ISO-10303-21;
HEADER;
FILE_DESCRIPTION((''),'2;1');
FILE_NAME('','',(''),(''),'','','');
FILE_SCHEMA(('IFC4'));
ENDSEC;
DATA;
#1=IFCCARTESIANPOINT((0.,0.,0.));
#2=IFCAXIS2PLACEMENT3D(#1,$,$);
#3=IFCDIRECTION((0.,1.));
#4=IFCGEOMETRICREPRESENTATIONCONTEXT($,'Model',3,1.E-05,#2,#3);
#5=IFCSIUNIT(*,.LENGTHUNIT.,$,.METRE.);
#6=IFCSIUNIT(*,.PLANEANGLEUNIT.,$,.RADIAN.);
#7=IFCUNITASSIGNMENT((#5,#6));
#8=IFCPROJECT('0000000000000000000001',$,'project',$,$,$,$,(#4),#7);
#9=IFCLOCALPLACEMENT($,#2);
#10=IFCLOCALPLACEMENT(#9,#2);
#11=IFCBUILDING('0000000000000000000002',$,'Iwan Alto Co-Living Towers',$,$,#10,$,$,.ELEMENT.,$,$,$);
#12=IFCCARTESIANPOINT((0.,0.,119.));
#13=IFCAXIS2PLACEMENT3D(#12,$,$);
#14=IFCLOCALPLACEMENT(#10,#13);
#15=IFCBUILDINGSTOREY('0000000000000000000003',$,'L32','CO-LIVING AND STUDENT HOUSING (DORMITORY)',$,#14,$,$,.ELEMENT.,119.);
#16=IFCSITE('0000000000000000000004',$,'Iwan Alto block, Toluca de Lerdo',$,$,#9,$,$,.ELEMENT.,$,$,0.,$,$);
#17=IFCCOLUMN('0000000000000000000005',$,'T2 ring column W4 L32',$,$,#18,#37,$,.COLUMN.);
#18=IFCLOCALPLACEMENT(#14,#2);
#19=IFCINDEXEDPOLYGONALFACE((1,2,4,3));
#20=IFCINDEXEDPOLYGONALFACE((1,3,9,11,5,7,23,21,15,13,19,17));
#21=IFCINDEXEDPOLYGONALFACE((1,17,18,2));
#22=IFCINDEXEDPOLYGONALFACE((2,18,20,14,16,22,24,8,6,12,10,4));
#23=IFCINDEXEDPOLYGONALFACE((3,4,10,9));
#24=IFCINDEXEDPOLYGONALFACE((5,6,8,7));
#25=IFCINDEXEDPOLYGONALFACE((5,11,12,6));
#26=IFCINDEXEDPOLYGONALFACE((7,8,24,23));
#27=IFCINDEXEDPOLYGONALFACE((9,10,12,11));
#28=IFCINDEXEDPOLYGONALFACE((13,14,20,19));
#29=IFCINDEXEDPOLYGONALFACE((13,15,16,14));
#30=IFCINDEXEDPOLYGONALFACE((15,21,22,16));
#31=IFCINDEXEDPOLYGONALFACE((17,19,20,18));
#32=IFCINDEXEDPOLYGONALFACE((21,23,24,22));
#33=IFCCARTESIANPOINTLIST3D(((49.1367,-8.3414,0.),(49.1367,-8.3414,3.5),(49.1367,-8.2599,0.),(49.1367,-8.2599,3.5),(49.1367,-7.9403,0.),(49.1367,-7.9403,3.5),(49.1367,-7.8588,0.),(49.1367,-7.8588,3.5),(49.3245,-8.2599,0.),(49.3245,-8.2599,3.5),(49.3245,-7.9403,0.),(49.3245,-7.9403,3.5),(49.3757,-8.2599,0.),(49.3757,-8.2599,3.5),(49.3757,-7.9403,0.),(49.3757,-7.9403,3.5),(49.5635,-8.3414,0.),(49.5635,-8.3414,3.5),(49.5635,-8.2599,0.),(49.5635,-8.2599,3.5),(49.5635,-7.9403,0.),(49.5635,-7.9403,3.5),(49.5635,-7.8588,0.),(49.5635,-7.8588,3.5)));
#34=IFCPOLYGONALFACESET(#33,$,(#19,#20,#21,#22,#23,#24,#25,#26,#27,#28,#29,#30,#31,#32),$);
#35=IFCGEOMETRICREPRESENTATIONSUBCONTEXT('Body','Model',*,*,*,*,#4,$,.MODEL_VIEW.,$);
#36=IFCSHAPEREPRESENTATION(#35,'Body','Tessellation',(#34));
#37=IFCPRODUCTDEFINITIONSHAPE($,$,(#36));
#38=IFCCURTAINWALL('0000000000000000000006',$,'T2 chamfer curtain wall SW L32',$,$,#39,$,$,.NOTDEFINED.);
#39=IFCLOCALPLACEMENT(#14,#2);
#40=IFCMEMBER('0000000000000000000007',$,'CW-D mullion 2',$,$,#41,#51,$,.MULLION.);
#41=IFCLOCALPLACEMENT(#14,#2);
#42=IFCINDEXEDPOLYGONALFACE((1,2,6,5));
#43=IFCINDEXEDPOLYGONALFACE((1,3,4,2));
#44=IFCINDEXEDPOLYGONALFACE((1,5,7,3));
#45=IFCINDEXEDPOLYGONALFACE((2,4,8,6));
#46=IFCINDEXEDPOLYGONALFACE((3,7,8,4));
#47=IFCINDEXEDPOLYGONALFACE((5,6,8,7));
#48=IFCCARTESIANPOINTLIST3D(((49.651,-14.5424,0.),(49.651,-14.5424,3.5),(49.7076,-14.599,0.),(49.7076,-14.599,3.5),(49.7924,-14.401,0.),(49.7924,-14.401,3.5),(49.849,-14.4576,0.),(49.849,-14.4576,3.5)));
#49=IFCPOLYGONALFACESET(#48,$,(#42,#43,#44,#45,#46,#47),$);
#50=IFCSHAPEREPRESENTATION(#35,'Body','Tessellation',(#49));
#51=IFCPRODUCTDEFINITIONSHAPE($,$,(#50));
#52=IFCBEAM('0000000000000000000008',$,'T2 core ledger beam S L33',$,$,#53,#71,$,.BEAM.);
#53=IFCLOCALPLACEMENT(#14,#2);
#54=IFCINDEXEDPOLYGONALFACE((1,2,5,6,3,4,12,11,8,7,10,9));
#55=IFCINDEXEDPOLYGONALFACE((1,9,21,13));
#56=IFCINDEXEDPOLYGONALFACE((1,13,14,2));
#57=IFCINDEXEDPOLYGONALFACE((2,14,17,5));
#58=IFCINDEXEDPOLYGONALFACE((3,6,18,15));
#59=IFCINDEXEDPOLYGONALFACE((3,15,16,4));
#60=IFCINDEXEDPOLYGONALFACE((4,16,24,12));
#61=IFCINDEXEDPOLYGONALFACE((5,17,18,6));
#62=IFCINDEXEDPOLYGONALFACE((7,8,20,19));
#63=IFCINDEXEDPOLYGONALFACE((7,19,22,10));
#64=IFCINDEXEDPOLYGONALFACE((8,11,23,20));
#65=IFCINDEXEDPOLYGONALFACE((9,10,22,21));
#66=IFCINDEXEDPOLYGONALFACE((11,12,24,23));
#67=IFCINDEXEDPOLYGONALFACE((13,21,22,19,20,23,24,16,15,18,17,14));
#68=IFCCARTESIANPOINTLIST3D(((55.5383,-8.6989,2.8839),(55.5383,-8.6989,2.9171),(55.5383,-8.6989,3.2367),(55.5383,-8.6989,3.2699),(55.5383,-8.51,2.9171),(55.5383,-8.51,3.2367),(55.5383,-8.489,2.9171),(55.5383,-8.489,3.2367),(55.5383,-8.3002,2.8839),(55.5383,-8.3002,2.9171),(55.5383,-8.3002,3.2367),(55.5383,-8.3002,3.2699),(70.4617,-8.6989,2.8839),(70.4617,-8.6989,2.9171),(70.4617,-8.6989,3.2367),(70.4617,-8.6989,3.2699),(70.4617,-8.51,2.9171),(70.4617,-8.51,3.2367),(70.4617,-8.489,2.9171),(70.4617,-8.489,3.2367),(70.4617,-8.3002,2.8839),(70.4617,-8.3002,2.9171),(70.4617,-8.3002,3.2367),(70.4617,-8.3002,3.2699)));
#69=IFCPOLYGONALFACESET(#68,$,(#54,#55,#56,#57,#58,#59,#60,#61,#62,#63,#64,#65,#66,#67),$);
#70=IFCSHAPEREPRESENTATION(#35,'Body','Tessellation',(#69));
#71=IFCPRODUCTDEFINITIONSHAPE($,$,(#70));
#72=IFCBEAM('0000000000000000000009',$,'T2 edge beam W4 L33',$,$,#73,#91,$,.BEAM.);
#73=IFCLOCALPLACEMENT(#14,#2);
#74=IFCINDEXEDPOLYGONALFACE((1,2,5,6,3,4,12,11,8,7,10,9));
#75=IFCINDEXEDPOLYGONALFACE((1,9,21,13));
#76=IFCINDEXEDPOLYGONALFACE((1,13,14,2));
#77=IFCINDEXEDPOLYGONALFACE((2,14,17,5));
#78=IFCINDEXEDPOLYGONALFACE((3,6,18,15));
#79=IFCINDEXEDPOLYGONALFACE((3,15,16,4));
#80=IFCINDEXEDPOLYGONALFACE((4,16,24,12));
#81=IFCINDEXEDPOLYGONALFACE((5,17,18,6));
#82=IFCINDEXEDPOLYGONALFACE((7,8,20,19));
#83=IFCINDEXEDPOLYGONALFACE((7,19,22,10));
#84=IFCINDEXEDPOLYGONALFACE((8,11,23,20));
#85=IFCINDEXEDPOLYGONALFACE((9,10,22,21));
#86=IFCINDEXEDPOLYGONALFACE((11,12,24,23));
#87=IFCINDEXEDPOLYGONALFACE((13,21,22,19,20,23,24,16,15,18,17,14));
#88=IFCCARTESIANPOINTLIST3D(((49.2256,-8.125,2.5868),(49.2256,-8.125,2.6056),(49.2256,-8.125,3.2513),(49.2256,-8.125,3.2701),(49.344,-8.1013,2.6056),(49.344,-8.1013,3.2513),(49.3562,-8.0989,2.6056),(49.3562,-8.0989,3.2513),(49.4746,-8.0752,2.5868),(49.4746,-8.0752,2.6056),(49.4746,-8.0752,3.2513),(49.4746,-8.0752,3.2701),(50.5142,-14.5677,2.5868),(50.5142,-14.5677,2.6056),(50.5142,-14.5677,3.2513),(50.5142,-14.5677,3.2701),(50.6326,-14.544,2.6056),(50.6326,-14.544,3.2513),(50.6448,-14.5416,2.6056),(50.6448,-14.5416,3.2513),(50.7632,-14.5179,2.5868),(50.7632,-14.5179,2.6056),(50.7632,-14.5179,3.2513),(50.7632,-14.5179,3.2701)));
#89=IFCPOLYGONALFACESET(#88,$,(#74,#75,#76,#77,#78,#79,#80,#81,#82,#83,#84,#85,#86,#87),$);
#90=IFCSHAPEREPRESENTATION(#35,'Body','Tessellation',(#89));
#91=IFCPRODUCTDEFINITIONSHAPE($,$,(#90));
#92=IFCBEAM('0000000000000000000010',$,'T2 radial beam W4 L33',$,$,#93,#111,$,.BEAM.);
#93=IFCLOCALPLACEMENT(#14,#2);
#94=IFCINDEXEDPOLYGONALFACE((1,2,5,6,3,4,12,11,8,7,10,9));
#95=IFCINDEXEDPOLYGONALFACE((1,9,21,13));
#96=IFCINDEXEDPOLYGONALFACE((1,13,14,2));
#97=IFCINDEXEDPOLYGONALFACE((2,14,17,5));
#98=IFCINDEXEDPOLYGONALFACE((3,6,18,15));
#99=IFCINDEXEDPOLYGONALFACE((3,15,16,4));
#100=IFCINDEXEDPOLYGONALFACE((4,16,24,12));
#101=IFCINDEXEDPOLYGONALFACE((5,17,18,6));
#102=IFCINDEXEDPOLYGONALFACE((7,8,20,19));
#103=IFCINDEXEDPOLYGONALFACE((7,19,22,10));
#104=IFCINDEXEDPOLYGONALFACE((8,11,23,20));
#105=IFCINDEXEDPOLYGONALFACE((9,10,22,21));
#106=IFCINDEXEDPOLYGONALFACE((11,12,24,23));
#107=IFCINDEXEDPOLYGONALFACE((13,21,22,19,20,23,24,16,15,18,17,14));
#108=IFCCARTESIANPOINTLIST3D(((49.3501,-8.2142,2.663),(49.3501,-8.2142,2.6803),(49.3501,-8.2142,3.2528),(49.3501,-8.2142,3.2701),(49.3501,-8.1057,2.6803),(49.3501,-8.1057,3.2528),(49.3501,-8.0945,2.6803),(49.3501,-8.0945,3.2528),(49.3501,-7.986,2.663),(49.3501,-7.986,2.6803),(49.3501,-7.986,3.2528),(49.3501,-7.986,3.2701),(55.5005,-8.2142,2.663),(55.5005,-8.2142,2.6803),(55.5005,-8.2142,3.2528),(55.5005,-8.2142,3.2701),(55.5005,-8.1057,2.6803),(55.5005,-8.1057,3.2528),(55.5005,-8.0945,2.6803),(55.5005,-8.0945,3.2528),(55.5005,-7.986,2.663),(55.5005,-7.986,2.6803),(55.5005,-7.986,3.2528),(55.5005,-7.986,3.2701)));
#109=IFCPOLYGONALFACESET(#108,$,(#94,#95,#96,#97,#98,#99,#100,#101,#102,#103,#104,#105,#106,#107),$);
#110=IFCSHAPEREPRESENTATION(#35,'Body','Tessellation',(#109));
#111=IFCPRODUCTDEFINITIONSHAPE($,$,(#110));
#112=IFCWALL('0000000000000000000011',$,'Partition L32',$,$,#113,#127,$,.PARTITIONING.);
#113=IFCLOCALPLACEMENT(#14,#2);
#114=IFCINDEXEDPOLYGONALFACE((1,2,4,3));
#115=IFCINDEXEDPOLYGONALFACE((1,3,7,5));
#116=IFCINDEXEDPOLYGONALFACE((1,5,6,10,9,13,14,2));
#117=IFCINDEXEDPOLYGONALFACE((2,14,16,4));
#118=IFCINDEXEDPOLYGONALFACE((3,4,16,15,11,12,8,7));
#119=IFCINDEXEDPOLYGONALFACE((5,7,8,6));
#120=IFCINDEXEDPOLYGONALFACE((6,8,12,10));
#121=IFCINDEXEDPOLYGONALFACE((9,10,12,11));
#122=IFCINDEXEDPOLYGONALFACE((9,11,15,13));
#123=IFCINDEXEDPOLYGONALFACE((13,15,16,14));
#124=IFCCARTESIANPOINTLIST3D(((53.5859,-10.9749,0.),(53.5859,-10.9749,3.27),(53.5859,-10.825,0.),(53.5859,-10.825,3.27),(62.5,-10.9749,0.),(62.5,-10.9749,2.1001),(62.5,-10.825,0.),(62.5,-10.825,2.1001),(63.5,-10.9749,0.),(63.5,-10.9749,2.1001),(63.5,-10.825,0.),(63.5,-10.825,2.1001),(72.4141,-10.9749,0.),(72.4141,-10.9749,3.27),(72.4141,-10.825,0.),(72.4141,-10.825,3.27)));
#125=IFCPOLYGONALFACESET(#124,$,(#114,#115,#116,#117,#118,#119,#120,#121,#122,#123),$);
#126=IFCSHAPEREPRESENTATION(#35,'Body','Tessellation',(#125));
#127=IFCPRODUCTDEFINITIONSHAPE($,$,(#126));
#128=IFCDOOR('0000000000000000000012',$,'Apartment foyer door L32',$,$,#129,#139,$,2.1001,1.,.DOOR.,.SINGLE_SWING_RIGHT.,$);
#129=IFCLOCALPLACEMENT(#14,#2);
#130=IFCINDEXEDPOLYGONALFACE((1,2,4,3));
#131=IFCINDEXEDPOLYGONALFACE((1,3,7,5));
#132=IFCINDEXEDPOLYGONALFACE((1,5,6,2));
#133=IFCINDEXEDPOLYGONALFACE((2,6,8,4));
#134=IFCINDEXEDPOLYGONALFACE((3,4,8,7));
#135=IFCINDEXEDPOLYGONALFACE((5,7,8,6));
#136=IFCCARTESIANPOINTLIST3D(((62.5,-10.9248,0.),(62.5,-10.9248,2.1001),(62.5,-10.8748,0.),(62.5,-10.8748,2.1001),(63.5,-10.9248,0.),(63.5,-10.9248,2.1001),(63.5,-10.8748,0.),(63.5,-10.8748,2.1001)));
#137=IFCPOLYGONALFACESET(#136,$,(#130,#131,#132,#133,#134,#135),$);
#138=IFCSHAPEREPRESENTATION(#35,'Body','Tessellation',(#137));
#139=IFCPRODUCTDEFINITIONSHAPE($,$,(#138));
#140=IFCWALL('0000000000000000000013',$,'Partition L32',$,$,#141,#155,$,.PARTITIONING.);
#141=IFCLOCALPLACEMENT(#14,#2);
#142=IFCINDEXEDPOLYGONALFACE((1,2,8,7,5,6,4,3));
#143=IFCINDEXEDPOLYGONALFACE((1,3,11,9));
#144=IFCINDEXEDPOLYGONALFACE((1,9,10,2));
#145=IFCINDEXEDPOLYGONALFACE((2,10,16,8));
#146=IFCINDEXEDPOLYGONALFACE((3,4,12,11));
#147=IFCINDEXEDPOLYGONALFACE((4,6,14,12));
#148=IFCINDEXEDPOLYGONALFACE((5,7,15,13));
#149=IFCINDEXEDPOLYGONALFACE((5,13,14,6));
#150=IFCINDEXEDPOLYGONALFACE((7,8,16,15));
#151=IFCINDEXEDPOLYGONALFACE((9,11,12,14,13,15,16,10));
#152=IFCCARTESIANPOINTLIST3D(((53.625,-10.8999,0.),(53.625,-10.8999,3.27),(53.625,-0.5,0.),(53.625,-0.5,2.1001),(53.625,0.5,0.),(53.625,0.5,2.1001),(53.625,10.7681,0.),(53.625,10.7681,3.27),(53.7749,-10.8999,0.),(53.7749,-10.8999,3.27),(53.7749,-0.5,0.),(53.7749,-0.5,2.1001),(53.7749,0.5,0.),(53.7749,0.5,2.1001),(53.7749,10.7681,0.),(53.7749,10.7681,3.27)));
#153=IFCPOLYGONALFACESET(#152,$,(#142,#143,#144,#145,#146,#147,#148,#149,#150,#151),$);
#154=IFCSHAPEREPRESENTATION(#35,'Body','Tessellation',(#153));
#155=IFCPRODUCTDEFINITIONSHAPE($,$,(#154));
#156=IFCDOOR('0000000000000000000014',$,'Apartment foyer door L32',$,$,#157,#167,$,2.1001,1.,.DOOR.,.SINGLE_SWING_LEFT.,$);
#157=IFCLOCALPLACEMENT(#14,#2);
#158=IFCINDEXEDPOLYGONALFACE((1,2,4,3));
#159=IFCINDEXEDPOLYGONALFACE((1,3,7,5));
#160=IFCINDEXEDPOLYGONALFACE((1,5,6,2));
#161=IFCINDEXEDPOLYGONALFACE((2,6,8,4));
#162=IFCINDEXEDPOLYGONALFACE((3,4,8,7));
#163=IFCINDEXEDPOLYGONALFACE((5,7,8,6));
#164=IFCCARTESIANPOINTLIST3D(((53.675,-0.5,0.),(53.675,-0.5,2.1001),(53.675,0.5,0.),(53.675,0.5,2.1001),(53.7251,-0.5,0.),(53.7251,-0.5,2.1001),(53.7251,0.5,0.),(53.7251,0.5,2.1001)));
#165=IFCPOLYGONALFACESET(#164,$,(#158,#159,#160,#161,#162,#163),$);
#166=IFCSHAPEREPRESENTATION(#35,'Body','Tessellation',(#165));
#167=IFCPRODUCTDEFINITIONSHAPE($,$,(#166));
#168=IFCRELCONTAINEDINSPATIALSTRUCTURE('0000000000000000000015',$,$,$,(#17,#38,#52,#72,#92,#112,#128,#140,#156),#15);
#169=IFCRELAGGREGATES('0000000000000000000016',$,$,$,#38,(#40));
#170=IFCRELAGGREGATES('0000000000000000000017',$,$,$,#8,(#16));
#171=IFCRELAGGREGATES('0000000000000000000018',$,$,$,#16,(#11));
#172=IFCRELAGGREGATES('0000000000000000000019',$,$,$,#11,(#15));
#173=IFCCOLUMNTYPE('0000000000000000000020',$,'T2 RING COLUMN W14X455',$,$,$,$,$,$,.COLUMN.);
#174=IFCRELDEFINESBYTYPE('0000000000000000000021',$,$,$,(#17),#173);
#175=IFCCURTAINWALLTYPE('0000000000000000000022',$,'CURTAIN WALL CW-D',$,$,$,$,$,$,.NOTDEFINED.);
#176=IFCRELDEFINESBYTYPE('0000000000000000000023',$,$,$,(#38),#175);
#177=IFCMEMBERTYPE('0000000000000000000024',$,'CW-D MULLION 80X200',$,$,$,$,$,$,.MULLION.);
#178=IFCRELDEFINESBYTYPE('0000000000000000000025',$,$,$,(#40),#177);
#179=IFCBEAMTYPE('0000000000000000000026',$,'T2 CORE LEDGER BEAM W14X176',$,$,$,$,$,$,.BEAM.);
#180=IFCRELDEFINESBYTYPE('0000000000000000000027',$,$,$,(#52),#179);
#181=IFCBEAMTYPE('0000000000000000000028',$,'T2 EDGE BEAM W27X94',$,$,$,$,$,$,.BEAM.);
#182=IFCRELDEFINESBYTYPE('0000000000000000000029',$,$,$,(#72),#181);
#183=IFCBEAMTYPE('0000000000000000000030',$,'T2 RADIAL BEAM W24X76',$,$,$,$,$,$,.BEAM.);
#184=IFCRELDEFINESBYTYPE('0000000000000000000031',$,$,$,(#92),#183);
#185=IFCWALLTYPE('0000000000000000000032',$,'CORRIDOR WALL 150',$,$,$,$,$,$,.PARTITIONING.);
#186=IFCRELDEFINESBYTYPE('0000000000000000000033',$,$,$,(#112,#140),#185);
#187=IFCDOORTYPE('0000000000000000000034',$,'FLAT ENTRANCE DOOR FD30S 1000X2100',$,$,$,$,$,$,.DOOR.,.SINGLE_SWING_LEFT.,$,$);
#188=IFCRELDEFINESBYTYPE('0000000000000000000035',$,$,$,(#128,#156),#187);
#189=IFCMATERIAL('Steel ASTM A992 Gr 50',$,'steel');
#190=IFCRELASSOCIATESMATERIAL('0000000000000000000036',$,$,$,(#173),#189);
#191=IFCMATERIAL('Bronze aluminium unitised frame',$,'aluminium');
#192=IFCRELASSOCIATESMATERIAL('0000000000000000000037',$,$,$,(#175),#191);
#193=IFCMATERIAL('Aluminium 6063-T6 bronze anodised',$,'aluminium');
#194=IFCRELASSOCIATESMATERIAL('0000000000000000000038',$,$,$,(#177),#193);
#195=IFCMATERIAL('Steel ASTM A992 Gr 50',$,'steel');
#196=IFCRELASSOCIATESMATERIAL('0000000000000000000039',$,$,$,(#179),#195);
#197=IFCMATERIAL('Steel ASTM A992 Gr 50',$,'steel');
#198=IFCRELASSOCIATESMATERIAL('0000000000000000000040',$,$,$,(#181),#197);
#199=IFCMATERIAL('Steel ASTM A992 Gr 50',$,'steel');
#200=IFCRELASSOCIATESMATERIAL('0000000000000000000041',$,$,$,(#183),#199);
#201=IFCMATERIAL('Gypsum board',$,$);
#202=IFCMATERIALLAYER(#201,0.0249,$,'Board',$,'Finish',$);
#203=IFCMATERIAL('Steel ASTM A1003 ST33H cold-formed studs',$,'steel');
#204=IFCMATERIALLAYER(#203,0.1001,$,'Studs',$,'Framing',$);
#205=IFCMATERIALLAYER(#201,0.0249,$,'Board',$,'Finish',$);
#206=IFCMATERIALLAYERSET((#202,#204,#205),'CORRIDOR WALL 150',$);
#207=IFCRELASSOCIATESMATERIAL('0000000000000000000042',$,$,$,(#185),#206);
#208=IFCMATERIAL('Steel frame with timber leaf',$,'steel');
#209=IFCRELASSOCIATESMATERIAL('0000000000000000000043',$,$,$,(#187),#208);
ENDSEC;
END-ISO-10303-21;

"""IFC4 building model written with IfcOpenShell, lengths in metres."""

from ifc_helpers import new_model, si_unit, direction, frame, frame_2d, origin, origin_2d, place, context, subcontext, project, spatial, rectangle, i_section, extrude, material, layer, layer_set, material_profile, profile_set, type_object, element, fill, aggregate, save


model = new_model("IFC4")

# Units and contexts
model_context = context("Model", 3, precision=1e-05, world=origin(), true_north=direction((0.0, 1.0)))
body_context = subcontext(model_context, "Body", "Model", "MODEL_VIEW")
ifc_project = project(units=[si_unit("LENGTHUNIT", "METRE"), si_unit("PLANEANGLEUNIT", "RADIAN")], contexts=[model_context])

# Site, building, storey
site_placement = place(None, origin())
site = spatial("IfcSite", under=ifc_project, at=site_placement, Name="Iwan Alto block, Toluca de Lerdo", CompositionType="ELEMENT", RefElevation=0.0)
building_placement = place(site_placement, origin())
building = spatial("IfcBuilding", under=site, at=building_placement, Name="Iwan Alto Co-Living Towers", CompositionType="ELEMENT")
storey_placement = place(building_placement, frame((0.0, 0.0, 119.0)))
storey = spatial("IfcBuildingStorey", under=building, at=storey_placement, Name="L32", Description="CO-LIVING AND STUDENT HOUSING (DORMITORY)", CompositionType="ELEMENT", Elevation=119.0)

# Column
ifc_material_1 = material(Name="Steel ASTM A992 Gr 50", Category="steel")
ifc_material_profile_1 = material_profile(ifc_material_1, i_section(OverallWidth=0.4268, OverallDepth=0.4827, WebThickness=0.0513, FlangeThickness=0.0815, at=origin_2d()), Name="W14X455")
ifc_profile_set_1 = profile_set([ifc_material_profile_1], Name="Steel ASTM A992 Gr 50")
column_type = type_object("IfcColumnType", Name="T2 RING COLUMN W14X455", PredefinedType="COLUMN", material=ifc_profile_set_1)
column_placement = place(storey_placement, frame((49.3501, -8.1001, 0.0), z_axis=(0.0, 0.0, 1.0), x_axis=(1.0, 0.0, 0.0)))
element("IfcColumn", 1, at=column_placement, inside=storey, type_object=column_type, Name="T2 ring column W4 L32", PredefinedType="COLUMN", context=body_context, shape_type="SweptSolid", body=[
    extrude(i_section(OverallWidth=0.4268, OverallDepth=0.4827, WebThickness=0.0513, FlangeThickness=0.0815, at=origin_2d()), origin(), (0.0, 0.0, 1.0), 3.5),
])

# Curtain wall, member
ifc_material_2 = material(Name="Bronze aluminium unitised frame", Category="aluminium")
curtain_wall_type = type_object("IfcCurtainWallType", Name="CURTAIN WALL CW-D", PredefinedType="NOTDEFINED", material=ifc_material_2)
curtain_wall_placement = place(storey_placement, origin())
curtain_wall = element("IfcCurtainWall", 2, at=curtain_wall_placement, inside=storey, type_object=curtain_wall_type, Name="T2 chamfer curtain wall SW L32", PredefinedType="NOTDEFINED")
ifc_material_3 = material(Name="Aluminium 6063-T6 bronze anodised", Category="aluminium")
ifc_material_profile_2 = material_profile(ifc_material_3, rectangle(XDim=0.2, YDim=0.0801, at=origin_2d()), Name="AL 80X200")
ifc_profile_set_2 = profile_set([ifc_material_profile_2], Name="Aluminium 6063-T6 bronze anodised")
member_type = type_object("IfcMemberType", Name="CW-D MULLION 80X200", PredefinedType="MULLION", material=ifc_profile_set_2)
member_placement = place(storey_placement, frame((49.75, -14.5, 0.0), z_axis=(0.0, 0.0, 1.0), x_axis=(0.707107, 0.707107, 0.0)))
member = element("IfcMember", 3, at=member_placement, type_object=member_type, Name="CW-D mullion 2", PredefinedType="MULLION", context=body_context, shape_type="SweptSolid", body=[
    extrude(rectangle(XDim=0.2, YDim=0.0801, at=origin_2d()), origin(), (0.0, 0.0, 1.0), 3.5),
])
aggregate(curtain_wall, [member])

# Beams
ifc_material_4 = material(Name="Steel ASTM A992 Gr 50", Category="steel")
ifc_material_profile_3 = material_profile(ifc_material_4, i_section(OverallWidth=0.3987, OverallDepth=0.386, WebThickness=0.021, FlangeThickness=0.0332, at=origin_2d()), Name="W14X176")
ifc_profile_set_3 = profile_set([ifc_material_profile_3], Name="Steel ASTM A992 Gr 50")
beam_type_1 = type_object("IfcBeamType", Name="T2 CORE LEDGER BEAM W14X176", PredefinedType="BEAM", material=ifc_profile_set_3)
beam_1_placement = place(storey_placement, frame((55.5383, -8.4995, 3.0769), z_axis=(1.0, 0.0, 0.0), x_axis=(0.0, 1.0, 0.0)))
element("IfcBeam", 4, at=beam_1_placement, inside=storey, type_object=beam_type_1, Name="T2 core ledger beam S L33", PredefinedType="BEAM", context=body_context, shape_type="SweptSolid", body=[
    extrude(i_section(OverallWidth=0.3987, OverallDepth=0.386, WebThickness=0.021, FlangeThickness=0.0332, at=origin_2d()), origin(), (0.0, 0.0, 1.0), 14.9233),
])
ifc_material_5 = material(Name="Steel ASTM A992 Gr 50", Category="steel")
ifc_material_profile_4 = material_profile(ifc_material_5, i_section(OverallWidth=0.2539, OverallDepth=0.6833, WebThickness=0.0125, FlangeThickness=0.0188, at=origin_2d()), Name="W27X94")
ifc_profile_set_4 = profile_set([ifc_material_profile_4], Name="Steel ASTM A992 Gr 50")
beam_type_2 = type_object("IfcBeamType", Name="T2 EDGE BEAM W27X94", PredefinedType="BEAM", material=ifc_profile_set_4)
beam_2_placement = place(storey_placement, frame((49.3501, -8.1001, 2.9285), z_axis=(0.196123, -0.980579, 0.0), x_axis=(0.980579, 0.196123, 0.0)))
element("IfcBeam", 5, at=beam_2_placement, inside=storey, type_object=beam_type_2, Name="T2 edge beam W4 L33", PredefinedType="BEAM", context=body_context, shape_type="SweptSolid", body=[
    extrude(i_section(OverallWidth=0.2539, OverallDepth=0.6833, WebThickness=0.0125, FlangeThickness=0.0188, at=origin_2d()), origin(), (0.0, 0.0, 1.0), 6.5703),
])
ifc_material_6 = material(Name="Steel ASTM A992 Gr 50", Category="steel")
ifc_material_profile_5 = material_profile(ifc_material_6, i_section(OverallWidth=0.2283, OverallDepth=0.6072, WebThickness=0.0112, FlangeThickness=0.0173, at=origin_2d()), Name="W24X76")
ifc_profile_set_5 = profile_set([ifc_material_profile_5], Name="Steel ASTM A992 Gr 50")
beam_type_3 = type_object("IfcBeamType", Name="T2 RADIAL BEAM W24X76", PredefinedType="BEAM", material=ifc_profile_set_5)
beam_3_placement = place(storey_placement, frame((49.3501, -8.1001, 2.9666), z_axis=(1.0, 0.0, 0.0), x_axis=(0.0, 1.0, 0.0)))
element("IfcBeam", 6, at=beam_3_placement, inside=storey, type_object=beam_type_3, Name="T2 radial beam W4 L33", PredefinedType="BEAM", context=body_context, shape_type="SweptSolid", body=[
    extrude(i_section(OverallWidth=0.2283, OverallDepth=0.6072, WebThickness=0.0112, FlangeThickness=0.0173, at=origin_2d()), origin(), (0.0, 0.0, 1.0), 6.1504),
])

# Walls, openings, doors
ifc_material_7 = material(Name="Gypsum board")
ifc_layer_1 = layer(ifc_material_7, 0.0249, Name="Board", Category="Finish")
ifc_material_8 = material(Name="Steel ASTM A1003 ST33H cold-formed studs", Category="steel")
ifc_layer_2 = layer(ifc_material_8, 0.1001, Name="Studs", Category="Framing")
ifc_layer_3 = layer(ifc_material_7, 0.0249, Name="Board", Category="Finish")
ifc_layer_set_1 = layer_set([ifc_layer_1, ifc_layer_2, ifc_layer_3], Name="CORRIDOR WALL 150")
wall_type_1 = type_object("IfcWallType", Name="CORRIDOR WALL 150", PredefinedType="PARTITIONING", material=ifc_layer_set_1)
wall_1_placement = place(storey_placement, frame((53.5859, -10.8999, 0.0), z_axis=(0.0, 0.0, 1.0), x_axis=(1.0, 0.0, 0.0)))
wall_1 = element("IfcWall", 7, at=wall_1_placement, inside=storey, type_object=wall_type_1, Name="Partition L32", PredefinedType="PARTITIONING", context=body_context, shape_type="SweptSolid", body=[
    extrude(rectangle(XDim=18.8281, YDim=0.1499, at=frame_2d((9.4141, 0.0))), origin(), (0.0, 0.0, 1.0), 3.27),
])
opening_1_placement = place(wall_1_placement, frame((8.9141, 0.0, 0.0)))
opening_1 = element("IfcOpeningElement", 8, at=opening_1_placement, cuts=wall_1, PredefinedType="OPENING", context=body_context, shape_type="SweptSolid", body=[
    extrude(rectangle(XDim=1.0, YDim=2.1001, at=frame_2d((0.5, 1.05))), frame((0.0, 0.085, 0.0), z_axis=(0.0, -1.0, 0.0), x_axis=(1.0, 0.0, 0.0)), (0.0, 0.0, 1.0), 0.1699),
])
ifc_material_9 = material(Name="Steel frame with timber leaf", Category="steel")
door_type_1 = type_object("IfcDoorType", Name="FLAT ENTRANCE DOOR FD30S 1000X2100", OperationType="SINGLE_SWING_LEFT", PredefinedType="DOOR", material=ifc_material_9)
door_1_placement = place(opening_1_placement, frame((1.0, 0.0, 0.0), z_axis=(0.0, 0.0, 1.0), x_axis=(-1.0, 0.0, 0.0)))
door_1 = element("IfcDoor", 9, at=door_1_placement, inside=storey, type_object=door_type_1, Name="Apartment foyer door L32", OperationType="SINGLE_SWING_RIGHT", OverallHeight=2.1001, OverallWidth=1.0, PredefinedType="DOOR", context=body_context, shape_type="SweptSolid", body=[
    extrude(rectangle(XDim=1.0, YDim=2.1001, at=frame_2d((0.5, 1.05))), frame((0.0, 0.0249, 0.0), z_axis=(0.0, -1.0, 0.0), x_axis=(1.0, 0.0, 0.0)), (0.0, 0.0, 1.0), 0.05),
])
fill(opening_1, door_1)
wall_2_placement = place(storey_placement, frame((53.7, -10.8999, 0.0), z_axis=(0.0, 0.0, 1.0), x_axis=(0.0, 1.0, 0.0)))
wall_2 = element("IfcWall", 10, at=wall_2_placement, inside=storey, type_object=wall_type_1, Name="Partition L32", PredefinedType="PARTITIONING", context=body_context, shape_type="SweptSolid", body=[
    extrude(rectangle(XDim=21.668, YDim=0.1499, at=frame_2d((10.834, 0.0))), origin(), (0.0, 0.0, 1.0), 3.27),
])
opening_2_placement = place(wall_2_placement, frame((10.3999, 0.0, 0.0)))
opening_2 = element("IfcOpeningElement", 11, at=opening_2_placement, cuts=wall_2, PredefinedType="OPENING", context=body_context, shape_type="SweptSolid", body=[
    extrude(rectangle(XDim=1.0, YDim=2.1001, at=frame_2d((0.5, 1.05))), frame((0.0, 0.085, 0.0), z_axis=(0.0, -1.0, 0.0), x_axis=(1.0, 0.0, 0.0)), (0.0, 0.0, 1.0), 0.1699),
])
door_2_placement = place(opening_2_placement, origin())
door_2 = element("IfcDoor", 12, at=door_2_placement, inside=storey, type_object=door_type_1, Name="Apartment foyer door L32", OperationType="SINGLE_SWING_LEFT", OverallHeight=2.1001, OverallWidth=1.0, PredefinedType="DOOR", context=body_context, shape_type="SweptSolid", body=[
    extrude(rectangle(XDim=1.0, YDim=2.1001, at=frame_2d((0.5, 1.05))), frame((0.0, 0.0249, 0.0), z_axis=(0.0, -1.0, 0.0), x_axis=(1.0, 0.0, 0.0)), (0.0, 0.0, 1.0), 0.05),
])
fill(opening_2, door_2)

save(model, "model.ifc")
